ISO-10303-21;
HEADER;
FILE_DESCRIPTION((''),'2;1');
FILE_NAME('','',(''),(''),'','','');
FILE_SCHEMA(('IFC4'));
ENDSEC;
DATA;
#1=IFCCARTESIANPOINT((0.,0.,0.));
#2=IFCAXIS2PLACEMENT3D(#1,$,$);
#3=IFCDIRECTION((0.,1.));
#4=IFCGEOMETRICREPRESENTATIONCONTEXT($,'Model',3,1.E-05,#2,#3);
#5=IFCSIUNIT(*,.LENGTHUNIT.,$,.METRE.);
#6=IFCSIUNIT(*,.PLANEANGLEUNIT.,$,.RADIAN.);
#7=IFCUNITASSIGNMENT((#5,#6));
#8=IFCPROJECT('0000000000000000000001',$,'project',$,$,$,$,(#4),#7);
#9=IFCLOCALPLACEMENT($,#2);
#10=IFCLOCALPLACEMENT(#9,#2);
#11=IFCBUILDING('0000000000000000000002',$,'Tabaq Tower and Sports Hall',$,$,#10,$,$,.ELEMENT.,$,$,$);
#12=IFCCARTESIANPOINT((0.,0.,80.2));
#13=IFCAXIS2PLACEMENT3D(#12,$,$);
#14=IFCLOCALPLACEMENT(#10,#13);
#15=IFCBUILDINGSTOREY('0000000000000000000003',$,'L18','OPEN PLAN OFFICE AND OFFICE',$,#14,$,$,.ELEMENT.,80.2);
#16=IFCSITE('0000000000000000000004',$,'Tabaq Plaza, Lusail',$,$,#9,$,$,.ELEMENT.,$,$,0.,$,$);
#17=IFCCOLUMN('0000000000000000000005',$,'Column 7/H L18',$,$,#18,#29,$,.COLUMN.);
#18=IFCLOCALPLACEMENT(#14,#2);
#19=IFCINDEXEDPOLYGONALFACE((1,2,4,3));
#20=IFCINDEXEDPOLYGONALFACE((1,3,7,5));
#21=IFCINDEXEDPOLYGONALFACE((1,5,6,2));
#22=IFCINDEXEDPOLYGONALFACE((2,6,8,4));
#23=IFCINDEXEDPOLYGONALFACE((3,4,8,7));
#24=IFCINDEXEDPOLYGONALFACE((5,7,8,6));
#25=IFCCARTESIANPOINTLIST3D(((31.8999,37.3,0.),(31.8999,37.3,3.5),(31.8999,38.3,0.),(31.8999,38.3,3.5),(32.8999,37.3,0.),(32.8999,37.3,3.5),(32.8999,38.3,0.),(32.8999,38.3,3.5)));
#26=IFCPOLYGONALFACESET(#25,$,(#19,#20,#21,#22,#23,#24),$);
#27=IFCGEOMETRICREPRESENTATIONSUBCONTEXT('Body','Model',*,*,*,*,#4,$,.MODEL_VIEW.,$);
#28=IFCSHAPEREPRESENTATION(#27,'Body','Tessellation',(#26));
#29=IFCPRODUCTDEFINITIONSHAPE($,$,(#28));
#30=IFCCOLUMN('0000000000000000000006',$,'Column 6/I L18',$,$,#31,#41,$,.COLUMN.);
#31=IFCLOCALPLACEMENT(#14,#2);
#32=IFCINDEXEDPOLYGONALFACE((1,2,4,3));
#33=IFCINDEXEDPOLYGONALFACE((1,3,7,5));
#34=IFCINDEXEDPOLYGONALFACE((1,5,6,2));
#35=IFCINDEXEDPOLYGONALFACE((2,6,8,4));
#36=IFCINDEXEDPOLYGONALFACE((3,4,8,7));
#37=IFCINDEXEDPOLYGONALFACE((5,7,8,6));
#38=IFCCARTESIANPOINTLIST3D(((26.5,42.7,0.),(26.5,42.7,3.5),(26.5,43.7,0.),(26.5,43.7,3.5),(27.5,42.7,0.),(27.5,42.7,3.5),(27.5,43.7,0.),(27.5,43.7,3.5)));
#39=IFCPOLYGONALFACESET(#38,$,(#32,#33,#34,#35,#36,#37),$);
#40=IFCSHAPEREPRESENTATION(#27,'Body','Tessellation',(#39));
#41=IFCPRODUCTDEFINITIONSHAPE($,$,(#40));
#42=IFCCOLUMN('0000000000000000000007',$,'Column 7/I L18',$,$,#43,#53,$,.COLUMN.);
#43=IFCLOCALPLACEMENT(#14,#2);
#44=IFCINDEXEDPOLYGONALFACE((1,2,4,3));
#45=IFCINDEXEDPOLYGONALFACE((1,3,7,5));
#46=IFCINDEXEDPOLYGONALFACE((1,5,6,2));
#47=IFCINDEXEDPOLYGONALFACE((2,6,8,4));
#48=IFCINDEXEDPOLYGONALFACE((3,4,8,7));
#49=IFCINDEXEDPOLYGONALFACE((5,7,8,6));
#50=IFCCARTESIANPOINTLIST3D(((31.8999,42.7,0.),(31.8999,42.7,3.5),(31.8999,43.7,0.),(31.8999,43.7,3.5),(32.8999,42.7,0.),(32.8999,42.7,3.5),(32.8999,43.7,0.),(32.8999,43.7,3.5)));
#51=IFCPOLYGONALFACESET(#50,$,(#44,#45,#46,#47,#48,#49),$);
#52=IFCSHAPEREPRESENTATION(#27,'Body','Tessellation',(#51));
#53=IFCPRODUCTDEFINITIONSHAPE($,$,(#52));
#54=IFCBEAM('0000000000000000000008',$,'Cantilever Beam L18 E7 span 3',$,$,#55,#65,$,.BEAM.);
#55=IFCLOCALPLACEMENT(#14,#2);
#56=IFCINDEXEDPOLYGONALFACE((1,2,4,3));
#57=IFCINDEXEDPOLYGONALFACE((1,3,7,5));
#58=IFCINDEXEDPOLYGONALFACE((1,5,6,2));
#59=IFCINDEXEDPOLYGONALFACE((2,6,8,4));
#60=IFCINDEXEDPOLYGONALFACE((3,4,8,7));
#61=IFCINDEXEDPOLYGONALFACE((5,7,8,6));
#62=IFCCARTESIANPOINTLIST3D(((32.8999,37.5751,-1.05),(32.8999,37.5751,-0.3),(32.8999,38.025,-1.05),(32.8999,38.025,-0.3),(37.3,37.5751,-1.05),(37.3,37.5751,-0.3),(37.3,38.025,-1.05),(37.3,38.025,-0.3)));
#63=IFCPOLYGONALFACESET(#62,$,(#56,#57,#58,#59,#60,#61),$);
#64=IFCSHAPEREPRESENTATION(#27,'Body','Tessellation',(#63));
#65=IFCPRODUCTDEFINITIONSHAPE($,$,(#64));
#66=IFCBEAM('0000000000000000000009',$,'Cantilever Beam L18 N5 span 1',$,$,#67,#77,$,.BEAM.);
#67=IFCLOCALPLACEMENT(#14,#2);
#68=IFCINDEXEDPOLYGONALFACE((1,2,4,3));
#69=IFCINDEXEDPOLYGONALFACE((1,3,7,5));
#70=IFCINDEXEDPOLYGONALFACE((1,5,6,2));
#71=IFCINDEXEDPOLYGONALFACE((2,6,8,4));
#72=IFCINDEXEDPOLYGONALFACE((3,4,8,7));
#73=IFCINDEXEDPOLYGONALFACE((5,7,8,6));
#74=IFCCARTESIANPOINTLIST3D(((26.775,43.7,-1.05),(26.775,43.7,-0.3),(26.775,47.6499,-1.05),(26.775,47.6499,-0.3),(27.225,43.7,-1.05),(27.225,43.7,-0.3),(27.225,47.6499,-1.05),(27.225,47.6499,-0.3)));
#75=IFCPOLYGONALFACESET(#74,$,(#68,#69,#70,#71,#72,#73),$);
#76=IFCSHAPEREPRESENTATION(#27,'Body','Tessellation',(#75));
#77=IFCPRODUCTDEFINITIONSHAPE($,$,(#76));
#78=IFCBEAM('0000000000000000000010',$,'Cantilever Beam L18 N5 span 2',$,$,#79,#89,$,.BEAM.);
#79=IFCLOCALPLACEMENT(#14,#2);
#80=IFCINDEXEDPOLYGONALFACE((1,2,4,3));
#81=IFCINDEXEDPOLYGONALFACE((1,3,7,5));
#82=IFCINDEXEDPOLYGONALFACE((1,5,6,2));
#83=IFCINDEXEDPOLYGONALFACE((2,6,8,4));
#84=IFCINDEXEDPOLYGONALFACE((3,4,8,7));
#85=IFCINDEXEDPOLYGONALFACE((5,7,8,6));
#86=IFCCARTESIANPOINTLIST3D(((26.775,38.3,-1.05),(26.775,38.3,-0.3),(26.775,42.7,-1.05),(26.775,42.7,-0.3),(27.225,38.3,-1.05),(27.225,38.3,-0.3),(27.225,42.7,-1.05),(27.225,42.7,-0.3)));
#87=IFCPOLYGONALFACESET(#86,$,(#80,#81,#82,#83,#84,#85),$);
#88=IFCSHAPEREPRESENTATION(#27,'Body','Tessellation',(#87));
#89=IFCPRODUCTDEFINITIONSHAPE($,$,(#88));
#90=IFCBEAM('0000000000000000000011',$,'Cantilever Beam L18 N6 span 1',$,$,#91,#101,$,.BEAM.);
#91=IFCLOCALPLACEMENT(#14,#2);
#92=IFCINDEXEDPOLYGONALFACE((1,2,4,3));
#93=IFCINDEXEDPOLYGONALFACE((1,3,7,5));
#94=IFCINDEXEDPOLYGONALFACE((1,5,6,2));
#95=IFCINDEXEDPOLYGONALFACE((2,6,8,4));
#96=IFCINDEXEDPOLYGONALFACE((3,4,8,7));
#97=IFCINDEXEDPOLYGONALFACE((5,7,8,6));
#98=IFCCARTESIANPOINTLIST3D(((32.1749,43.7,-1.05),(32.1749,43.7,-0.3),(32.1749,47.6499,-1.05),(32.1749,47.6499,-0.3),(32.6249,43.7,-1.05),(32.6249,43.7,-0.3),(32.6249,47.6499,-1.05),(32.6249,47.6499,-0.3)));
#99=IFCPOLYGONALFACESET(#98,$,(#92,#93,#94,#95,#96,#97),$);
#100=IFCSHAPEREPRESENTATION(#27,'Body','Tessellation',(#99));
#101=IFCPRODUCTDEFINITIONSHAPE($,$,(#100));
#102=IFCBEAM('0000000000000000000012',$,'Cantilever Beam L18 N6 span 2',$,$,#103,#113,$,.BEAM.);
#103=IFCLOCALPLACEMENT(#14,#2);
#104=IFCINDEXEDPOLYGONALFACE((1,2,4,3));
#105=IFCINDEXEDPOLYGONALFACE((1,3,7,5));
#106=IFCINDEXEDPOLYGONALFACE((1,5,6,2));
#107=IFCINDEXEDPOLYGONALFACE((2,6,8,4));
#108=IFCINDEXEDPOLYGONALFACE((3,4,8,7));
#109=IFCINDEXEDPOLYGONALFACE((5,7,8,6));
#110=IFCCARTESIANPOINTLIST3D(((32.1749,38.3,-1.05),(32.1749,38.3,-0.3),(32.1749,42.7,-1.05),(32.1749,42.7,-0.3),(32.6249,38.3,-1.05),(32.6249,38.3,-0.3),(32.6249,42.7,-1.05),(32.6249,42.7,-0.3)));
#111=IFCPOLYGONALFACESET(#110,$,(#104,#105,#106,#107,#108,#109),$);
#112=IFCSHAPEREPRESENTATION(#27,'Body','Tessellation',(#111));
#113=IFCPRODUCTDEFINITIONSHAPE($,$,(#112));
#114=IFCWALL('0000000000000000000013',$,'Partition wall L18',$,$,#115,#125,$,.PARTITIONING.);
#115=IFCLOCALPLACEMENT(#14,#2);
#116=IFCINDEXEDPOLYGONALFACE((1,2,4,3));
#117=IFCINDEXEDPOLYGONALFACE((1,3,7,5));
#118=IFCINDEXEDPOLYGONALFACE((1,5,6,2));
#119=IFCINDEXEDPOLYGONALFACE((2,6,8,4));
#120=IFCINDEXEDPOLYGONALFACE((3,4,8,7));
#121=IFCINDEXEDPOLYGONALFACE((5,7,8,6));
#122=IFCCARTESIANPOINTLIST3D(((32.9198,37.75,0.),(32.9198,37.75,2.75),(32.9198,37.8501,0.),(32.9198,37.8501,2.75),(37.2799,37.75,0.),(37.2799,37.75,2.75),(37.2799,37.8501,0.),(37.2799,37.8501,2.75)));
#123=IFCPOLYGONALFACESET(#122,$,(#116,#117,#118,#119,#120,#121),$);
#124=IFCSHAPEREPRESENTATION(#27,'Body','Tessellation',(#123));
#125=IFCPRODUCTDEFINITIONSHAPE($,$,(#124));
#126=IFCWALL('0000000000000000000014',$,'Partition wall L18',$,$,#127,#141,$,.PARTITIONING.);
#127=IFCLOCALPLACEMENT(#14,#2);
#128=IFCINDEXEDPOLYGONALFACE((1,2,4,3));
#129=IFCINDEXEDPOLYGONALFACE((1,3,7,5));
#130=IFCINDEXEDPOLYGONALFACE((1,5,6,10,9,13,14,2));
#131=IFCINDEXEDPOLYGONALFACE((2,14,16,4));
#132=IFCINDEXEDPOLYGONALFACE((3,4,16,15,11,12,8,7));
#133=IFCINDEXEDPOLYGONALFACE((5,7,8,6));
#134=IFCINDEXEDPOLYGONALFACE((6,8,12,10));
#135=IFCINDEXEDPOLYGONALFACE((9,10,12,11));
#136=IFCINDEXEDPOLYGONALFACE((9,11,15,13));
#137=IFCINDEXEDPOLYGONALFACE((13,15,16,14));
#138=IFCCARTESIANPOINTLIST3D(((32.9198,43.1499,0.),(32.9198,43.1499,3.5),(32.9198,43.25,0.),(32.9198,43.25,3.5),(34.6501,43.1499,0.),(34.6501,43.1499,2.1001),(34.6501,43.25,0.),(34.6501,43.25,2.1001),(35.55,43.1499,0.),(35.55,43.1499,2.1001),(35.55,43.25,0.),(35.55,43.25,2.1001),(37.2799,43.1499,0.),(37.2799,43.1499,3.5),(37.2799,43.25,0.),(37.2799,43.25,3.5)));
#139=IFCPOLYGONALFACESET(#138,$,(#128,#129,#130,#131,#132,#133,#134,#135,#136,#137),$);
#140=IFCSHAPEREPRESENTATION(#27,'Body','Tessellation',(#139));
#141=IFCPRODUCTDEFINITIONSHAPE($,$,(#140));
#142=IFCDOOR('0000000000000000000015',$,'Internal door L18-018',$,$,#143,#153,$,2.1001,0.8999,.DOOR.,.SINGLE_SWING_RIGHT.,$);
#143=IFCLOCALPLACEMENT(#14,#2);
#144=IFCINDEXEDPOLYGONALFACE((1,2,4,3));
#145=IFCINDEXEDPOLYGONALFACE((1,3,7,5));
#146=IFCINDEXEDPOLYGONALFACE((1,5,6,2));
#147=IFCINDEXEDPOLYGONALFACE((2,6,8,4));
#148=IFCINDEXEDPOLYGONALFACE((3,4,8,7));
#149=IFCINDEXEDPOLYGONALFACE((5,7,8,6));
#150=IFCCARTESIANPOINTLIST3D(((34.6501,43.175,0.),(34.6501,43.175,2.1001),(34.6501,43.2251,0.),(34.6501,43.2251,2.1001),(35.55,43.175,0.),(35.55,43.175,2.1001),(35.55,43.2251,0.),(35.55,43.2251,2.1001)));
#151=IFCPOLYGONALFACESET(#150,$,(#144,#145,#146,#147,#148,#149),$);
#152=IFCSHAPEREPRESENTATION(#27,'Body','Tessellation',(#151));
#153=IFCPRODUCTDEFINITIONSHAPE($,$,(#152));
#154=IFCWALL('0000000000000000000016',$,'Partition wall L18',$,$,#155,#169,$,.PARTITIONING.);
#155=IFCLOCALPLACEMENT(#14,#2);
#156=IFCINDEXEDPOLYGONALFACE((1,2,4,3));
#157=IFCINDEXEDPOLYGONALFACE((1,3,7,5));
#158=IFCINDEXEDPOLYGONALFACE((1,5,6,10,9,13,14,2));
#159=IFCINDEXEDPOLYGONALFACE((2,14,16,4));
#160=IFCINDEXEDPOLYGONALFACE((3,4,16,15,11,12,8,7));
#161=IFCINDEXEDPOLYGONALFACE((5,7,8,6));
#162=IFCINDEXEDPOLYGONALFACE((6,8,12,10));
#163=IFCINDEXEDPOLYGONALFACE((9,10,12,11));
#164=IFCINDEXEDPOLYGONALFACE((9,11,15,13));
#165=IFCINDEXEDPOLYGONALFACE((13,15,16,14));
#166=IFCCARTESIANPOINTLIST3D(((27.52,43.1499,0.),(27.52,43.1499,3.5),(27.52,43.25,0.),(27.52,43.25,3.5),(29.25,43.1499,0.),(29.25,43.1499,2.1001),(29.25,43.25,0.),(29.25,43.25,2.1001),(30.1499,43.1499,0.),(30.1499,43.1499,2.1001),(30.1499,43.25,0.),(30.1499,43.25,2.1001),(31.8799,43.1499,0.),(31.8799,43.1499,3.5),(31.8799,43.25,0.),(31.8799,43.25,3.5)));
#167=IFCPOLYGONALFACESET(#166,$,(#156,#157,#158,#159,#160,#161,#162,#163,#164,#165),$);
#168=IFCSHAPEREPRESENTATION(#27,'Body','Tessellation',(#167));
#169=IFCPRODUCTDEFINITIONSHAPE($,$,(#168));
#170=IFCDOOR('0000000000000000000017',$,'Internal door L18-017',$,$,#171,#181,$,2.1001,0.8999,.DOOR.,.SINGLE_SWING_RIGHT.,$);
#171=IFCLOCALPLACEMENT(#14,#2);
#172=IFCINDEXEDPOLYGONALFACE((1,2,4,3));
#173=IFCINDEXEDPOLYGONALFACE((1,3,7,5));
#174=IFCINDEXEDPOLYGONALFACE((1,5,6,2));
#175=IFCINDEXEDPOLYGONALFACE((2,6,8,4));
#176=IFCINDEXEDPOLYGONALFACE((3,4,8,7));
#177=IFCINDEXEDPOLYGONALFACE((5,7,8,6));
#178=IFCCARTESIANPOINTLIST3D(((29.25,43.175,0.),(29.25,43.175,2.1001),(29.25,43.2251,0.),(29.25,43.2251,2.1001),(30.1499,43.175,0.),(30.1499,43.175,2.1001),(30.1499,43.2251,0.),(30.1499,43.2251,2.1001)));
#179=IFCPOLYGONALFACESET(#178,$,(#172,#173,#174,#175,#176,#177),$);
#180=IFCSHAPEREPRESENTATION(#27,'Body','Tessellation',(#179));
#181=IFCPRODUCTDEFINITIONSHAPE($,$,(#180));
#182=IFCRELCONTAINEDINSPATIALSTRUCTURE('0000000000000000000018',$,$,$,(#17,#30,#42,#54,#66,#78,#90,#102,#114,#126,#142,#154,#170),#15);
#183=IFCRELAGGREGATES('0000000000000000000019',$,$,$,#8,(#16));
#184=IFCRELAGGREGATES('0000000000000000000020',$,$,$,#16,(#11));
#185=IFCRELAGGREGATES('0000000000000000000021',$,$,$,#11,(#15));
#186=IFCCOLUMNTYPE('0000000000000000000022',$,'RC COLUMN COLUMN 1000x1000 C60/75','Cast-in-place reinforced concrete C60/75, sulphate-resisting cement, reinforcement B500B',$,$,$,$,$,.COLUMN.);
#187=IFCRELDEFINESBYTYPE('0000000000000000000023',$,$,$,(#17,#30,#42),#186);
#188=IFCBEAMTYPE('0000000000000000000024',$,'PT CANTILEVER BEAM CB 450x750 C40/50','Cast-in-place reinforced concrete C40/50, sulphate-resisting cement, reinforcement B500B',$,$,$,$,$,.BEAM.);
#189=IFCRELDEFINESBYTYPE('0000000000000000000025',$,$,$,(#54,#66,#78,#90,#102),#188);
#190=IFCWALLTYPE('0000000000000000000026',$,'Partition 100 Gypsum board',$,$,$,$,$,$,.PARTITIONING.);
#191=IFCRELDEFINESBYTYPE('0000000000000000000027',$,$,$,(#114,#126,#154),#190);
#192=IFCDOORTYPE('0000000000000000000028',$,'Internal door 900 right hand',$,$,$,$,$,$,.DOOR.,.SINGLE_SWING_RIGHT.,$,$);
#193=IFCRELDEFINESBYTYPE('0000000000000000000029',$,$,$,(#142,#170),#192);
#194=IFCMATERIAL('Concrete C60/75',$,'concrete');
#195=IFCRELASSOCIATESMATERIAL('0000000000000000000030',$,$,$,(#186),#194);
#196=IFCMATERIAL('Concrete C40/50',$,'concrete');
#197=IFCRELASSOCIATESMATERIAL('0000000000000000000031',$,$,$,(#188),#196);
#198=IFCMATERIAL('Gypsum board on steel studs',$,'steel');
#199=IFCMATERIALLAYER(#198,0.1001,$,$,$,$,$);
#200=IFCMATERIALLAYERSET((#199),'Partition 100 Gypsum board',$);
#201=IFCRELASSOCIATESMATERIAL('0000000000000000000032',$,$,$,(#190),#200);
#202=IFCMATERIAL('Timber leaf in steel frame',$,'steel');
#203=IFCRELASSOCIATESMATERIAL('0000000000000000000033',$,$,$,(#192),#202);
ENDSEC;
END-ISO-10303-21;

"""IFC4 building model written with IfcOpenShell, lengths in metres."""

from ifc_helpers import new_model, si_unit, direction, frame, frame_2d, origin, origin_2d, place, context, subcontext, project, spatial, rectangle, extrude, material, layer, layer_set, material_profile, profile_set, type_object, element, fill, save


model = new_model("IFC4")

# Units and contexts
model_context = context("Model", 3, precision=1e-05, world=origin(), true_north=direction((0.0, 1.0)))
body_context = subcontext(model_context, "Body", "Model", "MODEL_VIEW")
ifc_project = project(units=[si_unit("LENGTHUNIT", "METRE"), si_unit("PLANEANGLEUNIT", "RADIAN")], contexts=[model_context])

# Site, building, storey
site_placement = place(None, origin())
site = spatial("IfcSite", under=ifc_project, at=site_placement, Name="Tabaq Plaza, Lusail", CompositionType="ELEMENT", RefElevation=0.0)
building_placement = place(site_placement, origin())
building = spatial("IfcBuilding", under=site, at=building_placement, Name="Tabaq Tower and Sports Hall", CompositionType="ELEMENT")
storey_placement = place(building_placement, frame((0.0, 0.0, 80.2)))
storey = spatial("IfcBuildingStorey", under=building, at=storey_placement, Name="L18", Description="OPEN PLAN OFFICE AND OFFICE", CompositionType="ELEMENT", Elevation=80.2)

# Columns
ifc_material_1 = material(Name="Concrete C60/75", Category="concrete")
ifc_material_profile_1 = material_profile(ifc_material_1, rectangle(XDim=1.0, YDim=1.0, at=origin_2d()), Name="COLUMN 1000x1000")
ifc_profile_set_1 = profile_set([ifc_material_profile_1], Name="Concrete C60/75")
column_type = type_object("IfcColumnType", Name="RC COLUMN COLUMN 1000x1000 C60/75", Description="Cast-in-place reinforced concrete C60/75, sulphate-resisting cement, reinforcement B500B", PredefinedType="COLUMN", material=ifc_profile_set_1)
for number, where, z_axis, x_axis, name in (
    (1, (32.3999, 37.8, 0.0), (0.0, 0.0, 1.0), (1.0, 0.0, 0.0), "Column 7/H L18"),
    (2, (27.0, 43.2, 0.0), (0.0, 0.0, 1.0), (1.0, 0.0, 0.0), "Column 6/I L18"),
    (3, (32.3999, 43.2, 0.0), (0.0, 0.0, 1.0), (1.0, 0.0, 0.0), "Column 7/I L18"),
):
    element("IfcColumn", number, at=place(storey_placement, frame(where, z_axis=z_axis, x_axis=x_axis)), inside=storey, type_object=column_type, Name=name, PredefinedType="COLUMN", context=body_context, shape_type="SweptSolid", body=[
        extrude(rectangle(XDim=1.0, YDim=1.0, at=origin_2d()), origin(), (0.0, 0.0, 1.0), 3.5),
    ])

# Beams
ifc_material_2 = material(Name="Concrete C40/50", Category="concrete")
ifc_material_profile_2 = material_profile(ifc_material_2, rectangle(XDim=0.45, YDim=0.75, at=origin_2d()), Name="CB 450x750")
ifc_profile_set_2 = profile_set([ifc_material_profile_2], Name="Concrete C40/50")
beam_type = type_object("IfcBeamType", Name="PT CANTILEVER BEAM CB 450x750 C40/50", Description="Cast-in-place reinforced concrete C40/50, sulphate-resisting cement, reinforcement B500B", PredefinedType="BEAM", material=ifc_profile_set_2)
beam_1_placement = place(storey_placement, frame((37.3, 37.8, -0.675), z_axis=(-1.0, 0.0, 0.0), x_axis=(0.0, -1.0, 0.0)))
element("IfcBeam", 4, at=beam_1_placement, inside=storey, type_object=beam_type, Name="Cantilever Beam L18 E7 span 3", PredefinedType="BEAM", context=body_context, shape_type="SweptSolid", body=[
    extrude(rectangle(XDim=0.45, YDim=0.75, at=origin_2d()), origin(), (0.0, 0.0, 1.0), 4.4001),
])
beam_2_placement = place(storey_placement, frame((27.0, 47.6499, -0.675), z_axis=(0.0, -1.0, 0.0), x_axis=(1.0, 0.0, 0.0)))
element("IfcBeam", 5, at=beam_2_placement, inside=storey, type_object=beam_type, Name="Cantilever Beam L18 N5 span 1", PredefinedType="BEAM", context=body_context, shape_type="SweptSolid", body=[
    extrude(rectangle(XDim=0.45, YDim=0.75, at=origin_2d()), origin(), (0.0, 0.0, 1.0), 3.95),
])
beam_3_placement = place(storey_placement, frame((27.0, 42.7, -0.675), z_axis=(0.0, -1.0, 0.0), x_axis=(1.0, 0.0, 0.0)))
element("IfcBeam", 6, at=beam_3_placement, inside=storey, type_object=beam_type, Name="Cantilever Beam L18 N5 span 2", PredefinedType="BEAM", context=body_context, shape_type="SweptSolid", body=[
    extrude(rectangle(XDim=0.45, YDim=0.75, at=origin_2d()), origin(), (0.0, 0.0, 1.0), 4.3999),
])
beam_4_placement = place(storey_placement, frame((32.3999, 47.6499, -0.675), z_axis=(0.0, -1.0, 0.0), x_axis=(1.0, 0.0, 0.0)))
element("IfcBeam", 7, at=beam_4_placement, inside=storey, type_object=beam_type, Name="Cantilever Beam L18 N6 span 1", PredefinedType="BEAM", context=body_context, shape_type="SweptSolid", body=[
    extrude(rectangle(XDim=0.45, YDim=0.75, at=origin_2d()), origin(), (0.0, 0.0, 1.0), 3.95),
])
beam_5_placement = place(storey_placement, frame((32.3999, 42.7, -0.675), z_axis=(0.0, -1.0, 0.0), x_axis=(1.0, 0.0, 0.0)))
element("IfcBeam", 8, at=beam_5_placement, inside=storey, type_object=beam_type, Name="Cantilever Beam L18 N6 span 2", PredefinedType="BEAM", context=body_context, shape_type="SweptSolid", body=[
    extrude(rectangle(XDim=0.45, YDim=0.75, at=origin_2d()), origin(), (0.0, 0.0, 1.0), 4.3999),
])

# Wall
ifc_material_3 = material(Name="Gypsum board on steel studs", Category="steel")
ifc_layer_1 = layer(ifc_material_3, 0.1001)
ifc_layer_set_1 = layer_set([ifc_layer_1], Name="Partition 100 Gypsum board")
wall_type = type_object("IfcWallType", Name="Partition 100 Gypsum board", PredefinedType="PARTITIONING", material=ifc_layer_set_1)
wall_1_placement = place(storey_placement, frame((37.28, 37.8, 0.0), z_axis=(0.0, 0.0, 1.0), x_axis=(-1.0, 0.0, 0.0)))
element("IfcWall", 9, at=wall_1_placement, inside=storey, type_object=wall_type, Name="Partition wall L18", PredefinedType="PARTITIONING", context=body_context, shape_type="SweptSolid", body=[
    extrude(rectangle(XDim=4.3601, YDim=0.1001, at=frame_2d((2.1802, 0.0))), origin(), (0.0, 0.0, 1.0), 2.75),
])

# Walls, openings, doors
wall_2_placement = place(storey_placement, frame((37.28, 43.2, 0.0), z_axis=(0.0, 0.0, 1.0), x_axis=(-1.0, 0.0, 0.0)))
wall_2 = element("IfcWall", 10, at=wall_2_placement, inside=storey, type_object=wall_type, Name="Partition wall L18", PredefinedType="PARTITIONING", context=body_context, shape_type="SweptSolid", body=[
    extrude(rectangle(XDim=4.3601, YDim=0.1001, at=frame_2d((2.1802, 0.0))), origin(), (0.0, 0.0, 1.0), 3.5),
])
opening_1_placement = place(wall_2_placement, frame((1.73, 0.0, 0.0)))
opening_1 = element("IfcOpeningElement", 11, at=opening_1_placement, cuts=wall_2, PredefinedType="OPENING", context=body_context, shape_type="SweptSolid", body=[
    extrude(rectangle(XDim=0.8999, YDim=2.1001, at=frame_2d((0.45, 1.05))), frame((0.0, 0.05, 0.0), z_axis=(0.0, -1.0, 0.0), x_axis=(1.0, 0.0, 0.0)), (0.0, 0.0, 1.0), 0.1001),
])
ifc_material_4 = material(Name="Timber leaf in steel frame", Category="steel")
door_type = type_object("IfcDoorType", Name="Internal door 900 right hand", OperationType="SINGLE_SWING_RIGHT", PredefinedType="DOOR", material=ifc_material_4)
door_1_placement = place(opening_1_placement, origin())
door_1 = element("IfcDoor", 12, at=door_1_placement, inside=storey, type_object=door_type, Name="Internal door L18-018", OperationType="SINGLE_SWING_RIGHT", OverallHeight=2.1001, OverallWidth=0.8999, PredefinedType="DOOR", context=body_context, shape_type="SweptSolid", body=[
    extrude(rectangle(XDim=0.8999, YDim=2.1001, at=frame_2d((0.45, 1.05))), frame((0.0, 0.0249, 0.0), z_axis=(0.0, -1.0, 0.0), x_axis=(1.0, 0.0, 0.0)), (0.0, 0.0, 1.0), 0.05),
])
fill(opening_1, door_1)
wall_3_placement = place(storey_placement, frame((31.8799, 43.2, 0.0), z_axis=(0.0, 0.0, 1.0), x_axis=(-1.0, 0.0, 0.0)))
wall_3 = element("IfcWall", 13, at=wall_3_placement, inside=storey, type_object=wall_type, Name="Partition wall L18", PredefinedType="PARTITIONING", context=body_context, shape_type="SweptSolid", body=[
    extrude(rectangle(XDim=4.3599, YDim=0.1001, at=frame_2d((2.1799, 0.0))), origin(), (0.0, 0.0, 1.0), 3.5),
])
opening_2_placement = place(wall_3_placement, frame((1.73, 0.0, 0.0)))
opening_2 = element("IfcOpeningElement", 14, at=opening_2_placement, cuts=wall_3, PredefinedType="OPENING", context=body_context, shape_type="SweptSolid", body=[
    extrude(rectangle(XDim=0.8999, YDim=2.1001, at=frame_2d((0.45, 1.05))), frame((0.0, 0.05, 0.0), z_axis=(0.0, -1.0, 0.0), x_axis=(1.0, 0.0, 0.0)), (0.0, 0.0, 1.0), 0.1001),
])
door_2_placement = place(opening_2_placement, origin())
door_2 = element("IfcDoor", 15, at=door_2_placement, inside=storey, type_object=door_type, Name="Internal door L18-017", OperationType="SINGLE_SWING_RIGHT", OverallHeight=2.1001, OverallWidth=0.8999, PredefinedType="DOOR", context=body_context, shape_type="SweptSolid", body=[
    extrude(rectangle(XDim=0.8999, YDim=2.1001, at=frame_2d((0.45, 1.05))), frame((0.0, 0.0249, 0.0), z_axis=(0.0, -1.0, 0.0), x_axis=(1.0, 0.0, 0.0)), (0.0, 0.0, 1.0), 0.05),
])
fill(opening_2, door_2)

save(model, "model.ifc")
